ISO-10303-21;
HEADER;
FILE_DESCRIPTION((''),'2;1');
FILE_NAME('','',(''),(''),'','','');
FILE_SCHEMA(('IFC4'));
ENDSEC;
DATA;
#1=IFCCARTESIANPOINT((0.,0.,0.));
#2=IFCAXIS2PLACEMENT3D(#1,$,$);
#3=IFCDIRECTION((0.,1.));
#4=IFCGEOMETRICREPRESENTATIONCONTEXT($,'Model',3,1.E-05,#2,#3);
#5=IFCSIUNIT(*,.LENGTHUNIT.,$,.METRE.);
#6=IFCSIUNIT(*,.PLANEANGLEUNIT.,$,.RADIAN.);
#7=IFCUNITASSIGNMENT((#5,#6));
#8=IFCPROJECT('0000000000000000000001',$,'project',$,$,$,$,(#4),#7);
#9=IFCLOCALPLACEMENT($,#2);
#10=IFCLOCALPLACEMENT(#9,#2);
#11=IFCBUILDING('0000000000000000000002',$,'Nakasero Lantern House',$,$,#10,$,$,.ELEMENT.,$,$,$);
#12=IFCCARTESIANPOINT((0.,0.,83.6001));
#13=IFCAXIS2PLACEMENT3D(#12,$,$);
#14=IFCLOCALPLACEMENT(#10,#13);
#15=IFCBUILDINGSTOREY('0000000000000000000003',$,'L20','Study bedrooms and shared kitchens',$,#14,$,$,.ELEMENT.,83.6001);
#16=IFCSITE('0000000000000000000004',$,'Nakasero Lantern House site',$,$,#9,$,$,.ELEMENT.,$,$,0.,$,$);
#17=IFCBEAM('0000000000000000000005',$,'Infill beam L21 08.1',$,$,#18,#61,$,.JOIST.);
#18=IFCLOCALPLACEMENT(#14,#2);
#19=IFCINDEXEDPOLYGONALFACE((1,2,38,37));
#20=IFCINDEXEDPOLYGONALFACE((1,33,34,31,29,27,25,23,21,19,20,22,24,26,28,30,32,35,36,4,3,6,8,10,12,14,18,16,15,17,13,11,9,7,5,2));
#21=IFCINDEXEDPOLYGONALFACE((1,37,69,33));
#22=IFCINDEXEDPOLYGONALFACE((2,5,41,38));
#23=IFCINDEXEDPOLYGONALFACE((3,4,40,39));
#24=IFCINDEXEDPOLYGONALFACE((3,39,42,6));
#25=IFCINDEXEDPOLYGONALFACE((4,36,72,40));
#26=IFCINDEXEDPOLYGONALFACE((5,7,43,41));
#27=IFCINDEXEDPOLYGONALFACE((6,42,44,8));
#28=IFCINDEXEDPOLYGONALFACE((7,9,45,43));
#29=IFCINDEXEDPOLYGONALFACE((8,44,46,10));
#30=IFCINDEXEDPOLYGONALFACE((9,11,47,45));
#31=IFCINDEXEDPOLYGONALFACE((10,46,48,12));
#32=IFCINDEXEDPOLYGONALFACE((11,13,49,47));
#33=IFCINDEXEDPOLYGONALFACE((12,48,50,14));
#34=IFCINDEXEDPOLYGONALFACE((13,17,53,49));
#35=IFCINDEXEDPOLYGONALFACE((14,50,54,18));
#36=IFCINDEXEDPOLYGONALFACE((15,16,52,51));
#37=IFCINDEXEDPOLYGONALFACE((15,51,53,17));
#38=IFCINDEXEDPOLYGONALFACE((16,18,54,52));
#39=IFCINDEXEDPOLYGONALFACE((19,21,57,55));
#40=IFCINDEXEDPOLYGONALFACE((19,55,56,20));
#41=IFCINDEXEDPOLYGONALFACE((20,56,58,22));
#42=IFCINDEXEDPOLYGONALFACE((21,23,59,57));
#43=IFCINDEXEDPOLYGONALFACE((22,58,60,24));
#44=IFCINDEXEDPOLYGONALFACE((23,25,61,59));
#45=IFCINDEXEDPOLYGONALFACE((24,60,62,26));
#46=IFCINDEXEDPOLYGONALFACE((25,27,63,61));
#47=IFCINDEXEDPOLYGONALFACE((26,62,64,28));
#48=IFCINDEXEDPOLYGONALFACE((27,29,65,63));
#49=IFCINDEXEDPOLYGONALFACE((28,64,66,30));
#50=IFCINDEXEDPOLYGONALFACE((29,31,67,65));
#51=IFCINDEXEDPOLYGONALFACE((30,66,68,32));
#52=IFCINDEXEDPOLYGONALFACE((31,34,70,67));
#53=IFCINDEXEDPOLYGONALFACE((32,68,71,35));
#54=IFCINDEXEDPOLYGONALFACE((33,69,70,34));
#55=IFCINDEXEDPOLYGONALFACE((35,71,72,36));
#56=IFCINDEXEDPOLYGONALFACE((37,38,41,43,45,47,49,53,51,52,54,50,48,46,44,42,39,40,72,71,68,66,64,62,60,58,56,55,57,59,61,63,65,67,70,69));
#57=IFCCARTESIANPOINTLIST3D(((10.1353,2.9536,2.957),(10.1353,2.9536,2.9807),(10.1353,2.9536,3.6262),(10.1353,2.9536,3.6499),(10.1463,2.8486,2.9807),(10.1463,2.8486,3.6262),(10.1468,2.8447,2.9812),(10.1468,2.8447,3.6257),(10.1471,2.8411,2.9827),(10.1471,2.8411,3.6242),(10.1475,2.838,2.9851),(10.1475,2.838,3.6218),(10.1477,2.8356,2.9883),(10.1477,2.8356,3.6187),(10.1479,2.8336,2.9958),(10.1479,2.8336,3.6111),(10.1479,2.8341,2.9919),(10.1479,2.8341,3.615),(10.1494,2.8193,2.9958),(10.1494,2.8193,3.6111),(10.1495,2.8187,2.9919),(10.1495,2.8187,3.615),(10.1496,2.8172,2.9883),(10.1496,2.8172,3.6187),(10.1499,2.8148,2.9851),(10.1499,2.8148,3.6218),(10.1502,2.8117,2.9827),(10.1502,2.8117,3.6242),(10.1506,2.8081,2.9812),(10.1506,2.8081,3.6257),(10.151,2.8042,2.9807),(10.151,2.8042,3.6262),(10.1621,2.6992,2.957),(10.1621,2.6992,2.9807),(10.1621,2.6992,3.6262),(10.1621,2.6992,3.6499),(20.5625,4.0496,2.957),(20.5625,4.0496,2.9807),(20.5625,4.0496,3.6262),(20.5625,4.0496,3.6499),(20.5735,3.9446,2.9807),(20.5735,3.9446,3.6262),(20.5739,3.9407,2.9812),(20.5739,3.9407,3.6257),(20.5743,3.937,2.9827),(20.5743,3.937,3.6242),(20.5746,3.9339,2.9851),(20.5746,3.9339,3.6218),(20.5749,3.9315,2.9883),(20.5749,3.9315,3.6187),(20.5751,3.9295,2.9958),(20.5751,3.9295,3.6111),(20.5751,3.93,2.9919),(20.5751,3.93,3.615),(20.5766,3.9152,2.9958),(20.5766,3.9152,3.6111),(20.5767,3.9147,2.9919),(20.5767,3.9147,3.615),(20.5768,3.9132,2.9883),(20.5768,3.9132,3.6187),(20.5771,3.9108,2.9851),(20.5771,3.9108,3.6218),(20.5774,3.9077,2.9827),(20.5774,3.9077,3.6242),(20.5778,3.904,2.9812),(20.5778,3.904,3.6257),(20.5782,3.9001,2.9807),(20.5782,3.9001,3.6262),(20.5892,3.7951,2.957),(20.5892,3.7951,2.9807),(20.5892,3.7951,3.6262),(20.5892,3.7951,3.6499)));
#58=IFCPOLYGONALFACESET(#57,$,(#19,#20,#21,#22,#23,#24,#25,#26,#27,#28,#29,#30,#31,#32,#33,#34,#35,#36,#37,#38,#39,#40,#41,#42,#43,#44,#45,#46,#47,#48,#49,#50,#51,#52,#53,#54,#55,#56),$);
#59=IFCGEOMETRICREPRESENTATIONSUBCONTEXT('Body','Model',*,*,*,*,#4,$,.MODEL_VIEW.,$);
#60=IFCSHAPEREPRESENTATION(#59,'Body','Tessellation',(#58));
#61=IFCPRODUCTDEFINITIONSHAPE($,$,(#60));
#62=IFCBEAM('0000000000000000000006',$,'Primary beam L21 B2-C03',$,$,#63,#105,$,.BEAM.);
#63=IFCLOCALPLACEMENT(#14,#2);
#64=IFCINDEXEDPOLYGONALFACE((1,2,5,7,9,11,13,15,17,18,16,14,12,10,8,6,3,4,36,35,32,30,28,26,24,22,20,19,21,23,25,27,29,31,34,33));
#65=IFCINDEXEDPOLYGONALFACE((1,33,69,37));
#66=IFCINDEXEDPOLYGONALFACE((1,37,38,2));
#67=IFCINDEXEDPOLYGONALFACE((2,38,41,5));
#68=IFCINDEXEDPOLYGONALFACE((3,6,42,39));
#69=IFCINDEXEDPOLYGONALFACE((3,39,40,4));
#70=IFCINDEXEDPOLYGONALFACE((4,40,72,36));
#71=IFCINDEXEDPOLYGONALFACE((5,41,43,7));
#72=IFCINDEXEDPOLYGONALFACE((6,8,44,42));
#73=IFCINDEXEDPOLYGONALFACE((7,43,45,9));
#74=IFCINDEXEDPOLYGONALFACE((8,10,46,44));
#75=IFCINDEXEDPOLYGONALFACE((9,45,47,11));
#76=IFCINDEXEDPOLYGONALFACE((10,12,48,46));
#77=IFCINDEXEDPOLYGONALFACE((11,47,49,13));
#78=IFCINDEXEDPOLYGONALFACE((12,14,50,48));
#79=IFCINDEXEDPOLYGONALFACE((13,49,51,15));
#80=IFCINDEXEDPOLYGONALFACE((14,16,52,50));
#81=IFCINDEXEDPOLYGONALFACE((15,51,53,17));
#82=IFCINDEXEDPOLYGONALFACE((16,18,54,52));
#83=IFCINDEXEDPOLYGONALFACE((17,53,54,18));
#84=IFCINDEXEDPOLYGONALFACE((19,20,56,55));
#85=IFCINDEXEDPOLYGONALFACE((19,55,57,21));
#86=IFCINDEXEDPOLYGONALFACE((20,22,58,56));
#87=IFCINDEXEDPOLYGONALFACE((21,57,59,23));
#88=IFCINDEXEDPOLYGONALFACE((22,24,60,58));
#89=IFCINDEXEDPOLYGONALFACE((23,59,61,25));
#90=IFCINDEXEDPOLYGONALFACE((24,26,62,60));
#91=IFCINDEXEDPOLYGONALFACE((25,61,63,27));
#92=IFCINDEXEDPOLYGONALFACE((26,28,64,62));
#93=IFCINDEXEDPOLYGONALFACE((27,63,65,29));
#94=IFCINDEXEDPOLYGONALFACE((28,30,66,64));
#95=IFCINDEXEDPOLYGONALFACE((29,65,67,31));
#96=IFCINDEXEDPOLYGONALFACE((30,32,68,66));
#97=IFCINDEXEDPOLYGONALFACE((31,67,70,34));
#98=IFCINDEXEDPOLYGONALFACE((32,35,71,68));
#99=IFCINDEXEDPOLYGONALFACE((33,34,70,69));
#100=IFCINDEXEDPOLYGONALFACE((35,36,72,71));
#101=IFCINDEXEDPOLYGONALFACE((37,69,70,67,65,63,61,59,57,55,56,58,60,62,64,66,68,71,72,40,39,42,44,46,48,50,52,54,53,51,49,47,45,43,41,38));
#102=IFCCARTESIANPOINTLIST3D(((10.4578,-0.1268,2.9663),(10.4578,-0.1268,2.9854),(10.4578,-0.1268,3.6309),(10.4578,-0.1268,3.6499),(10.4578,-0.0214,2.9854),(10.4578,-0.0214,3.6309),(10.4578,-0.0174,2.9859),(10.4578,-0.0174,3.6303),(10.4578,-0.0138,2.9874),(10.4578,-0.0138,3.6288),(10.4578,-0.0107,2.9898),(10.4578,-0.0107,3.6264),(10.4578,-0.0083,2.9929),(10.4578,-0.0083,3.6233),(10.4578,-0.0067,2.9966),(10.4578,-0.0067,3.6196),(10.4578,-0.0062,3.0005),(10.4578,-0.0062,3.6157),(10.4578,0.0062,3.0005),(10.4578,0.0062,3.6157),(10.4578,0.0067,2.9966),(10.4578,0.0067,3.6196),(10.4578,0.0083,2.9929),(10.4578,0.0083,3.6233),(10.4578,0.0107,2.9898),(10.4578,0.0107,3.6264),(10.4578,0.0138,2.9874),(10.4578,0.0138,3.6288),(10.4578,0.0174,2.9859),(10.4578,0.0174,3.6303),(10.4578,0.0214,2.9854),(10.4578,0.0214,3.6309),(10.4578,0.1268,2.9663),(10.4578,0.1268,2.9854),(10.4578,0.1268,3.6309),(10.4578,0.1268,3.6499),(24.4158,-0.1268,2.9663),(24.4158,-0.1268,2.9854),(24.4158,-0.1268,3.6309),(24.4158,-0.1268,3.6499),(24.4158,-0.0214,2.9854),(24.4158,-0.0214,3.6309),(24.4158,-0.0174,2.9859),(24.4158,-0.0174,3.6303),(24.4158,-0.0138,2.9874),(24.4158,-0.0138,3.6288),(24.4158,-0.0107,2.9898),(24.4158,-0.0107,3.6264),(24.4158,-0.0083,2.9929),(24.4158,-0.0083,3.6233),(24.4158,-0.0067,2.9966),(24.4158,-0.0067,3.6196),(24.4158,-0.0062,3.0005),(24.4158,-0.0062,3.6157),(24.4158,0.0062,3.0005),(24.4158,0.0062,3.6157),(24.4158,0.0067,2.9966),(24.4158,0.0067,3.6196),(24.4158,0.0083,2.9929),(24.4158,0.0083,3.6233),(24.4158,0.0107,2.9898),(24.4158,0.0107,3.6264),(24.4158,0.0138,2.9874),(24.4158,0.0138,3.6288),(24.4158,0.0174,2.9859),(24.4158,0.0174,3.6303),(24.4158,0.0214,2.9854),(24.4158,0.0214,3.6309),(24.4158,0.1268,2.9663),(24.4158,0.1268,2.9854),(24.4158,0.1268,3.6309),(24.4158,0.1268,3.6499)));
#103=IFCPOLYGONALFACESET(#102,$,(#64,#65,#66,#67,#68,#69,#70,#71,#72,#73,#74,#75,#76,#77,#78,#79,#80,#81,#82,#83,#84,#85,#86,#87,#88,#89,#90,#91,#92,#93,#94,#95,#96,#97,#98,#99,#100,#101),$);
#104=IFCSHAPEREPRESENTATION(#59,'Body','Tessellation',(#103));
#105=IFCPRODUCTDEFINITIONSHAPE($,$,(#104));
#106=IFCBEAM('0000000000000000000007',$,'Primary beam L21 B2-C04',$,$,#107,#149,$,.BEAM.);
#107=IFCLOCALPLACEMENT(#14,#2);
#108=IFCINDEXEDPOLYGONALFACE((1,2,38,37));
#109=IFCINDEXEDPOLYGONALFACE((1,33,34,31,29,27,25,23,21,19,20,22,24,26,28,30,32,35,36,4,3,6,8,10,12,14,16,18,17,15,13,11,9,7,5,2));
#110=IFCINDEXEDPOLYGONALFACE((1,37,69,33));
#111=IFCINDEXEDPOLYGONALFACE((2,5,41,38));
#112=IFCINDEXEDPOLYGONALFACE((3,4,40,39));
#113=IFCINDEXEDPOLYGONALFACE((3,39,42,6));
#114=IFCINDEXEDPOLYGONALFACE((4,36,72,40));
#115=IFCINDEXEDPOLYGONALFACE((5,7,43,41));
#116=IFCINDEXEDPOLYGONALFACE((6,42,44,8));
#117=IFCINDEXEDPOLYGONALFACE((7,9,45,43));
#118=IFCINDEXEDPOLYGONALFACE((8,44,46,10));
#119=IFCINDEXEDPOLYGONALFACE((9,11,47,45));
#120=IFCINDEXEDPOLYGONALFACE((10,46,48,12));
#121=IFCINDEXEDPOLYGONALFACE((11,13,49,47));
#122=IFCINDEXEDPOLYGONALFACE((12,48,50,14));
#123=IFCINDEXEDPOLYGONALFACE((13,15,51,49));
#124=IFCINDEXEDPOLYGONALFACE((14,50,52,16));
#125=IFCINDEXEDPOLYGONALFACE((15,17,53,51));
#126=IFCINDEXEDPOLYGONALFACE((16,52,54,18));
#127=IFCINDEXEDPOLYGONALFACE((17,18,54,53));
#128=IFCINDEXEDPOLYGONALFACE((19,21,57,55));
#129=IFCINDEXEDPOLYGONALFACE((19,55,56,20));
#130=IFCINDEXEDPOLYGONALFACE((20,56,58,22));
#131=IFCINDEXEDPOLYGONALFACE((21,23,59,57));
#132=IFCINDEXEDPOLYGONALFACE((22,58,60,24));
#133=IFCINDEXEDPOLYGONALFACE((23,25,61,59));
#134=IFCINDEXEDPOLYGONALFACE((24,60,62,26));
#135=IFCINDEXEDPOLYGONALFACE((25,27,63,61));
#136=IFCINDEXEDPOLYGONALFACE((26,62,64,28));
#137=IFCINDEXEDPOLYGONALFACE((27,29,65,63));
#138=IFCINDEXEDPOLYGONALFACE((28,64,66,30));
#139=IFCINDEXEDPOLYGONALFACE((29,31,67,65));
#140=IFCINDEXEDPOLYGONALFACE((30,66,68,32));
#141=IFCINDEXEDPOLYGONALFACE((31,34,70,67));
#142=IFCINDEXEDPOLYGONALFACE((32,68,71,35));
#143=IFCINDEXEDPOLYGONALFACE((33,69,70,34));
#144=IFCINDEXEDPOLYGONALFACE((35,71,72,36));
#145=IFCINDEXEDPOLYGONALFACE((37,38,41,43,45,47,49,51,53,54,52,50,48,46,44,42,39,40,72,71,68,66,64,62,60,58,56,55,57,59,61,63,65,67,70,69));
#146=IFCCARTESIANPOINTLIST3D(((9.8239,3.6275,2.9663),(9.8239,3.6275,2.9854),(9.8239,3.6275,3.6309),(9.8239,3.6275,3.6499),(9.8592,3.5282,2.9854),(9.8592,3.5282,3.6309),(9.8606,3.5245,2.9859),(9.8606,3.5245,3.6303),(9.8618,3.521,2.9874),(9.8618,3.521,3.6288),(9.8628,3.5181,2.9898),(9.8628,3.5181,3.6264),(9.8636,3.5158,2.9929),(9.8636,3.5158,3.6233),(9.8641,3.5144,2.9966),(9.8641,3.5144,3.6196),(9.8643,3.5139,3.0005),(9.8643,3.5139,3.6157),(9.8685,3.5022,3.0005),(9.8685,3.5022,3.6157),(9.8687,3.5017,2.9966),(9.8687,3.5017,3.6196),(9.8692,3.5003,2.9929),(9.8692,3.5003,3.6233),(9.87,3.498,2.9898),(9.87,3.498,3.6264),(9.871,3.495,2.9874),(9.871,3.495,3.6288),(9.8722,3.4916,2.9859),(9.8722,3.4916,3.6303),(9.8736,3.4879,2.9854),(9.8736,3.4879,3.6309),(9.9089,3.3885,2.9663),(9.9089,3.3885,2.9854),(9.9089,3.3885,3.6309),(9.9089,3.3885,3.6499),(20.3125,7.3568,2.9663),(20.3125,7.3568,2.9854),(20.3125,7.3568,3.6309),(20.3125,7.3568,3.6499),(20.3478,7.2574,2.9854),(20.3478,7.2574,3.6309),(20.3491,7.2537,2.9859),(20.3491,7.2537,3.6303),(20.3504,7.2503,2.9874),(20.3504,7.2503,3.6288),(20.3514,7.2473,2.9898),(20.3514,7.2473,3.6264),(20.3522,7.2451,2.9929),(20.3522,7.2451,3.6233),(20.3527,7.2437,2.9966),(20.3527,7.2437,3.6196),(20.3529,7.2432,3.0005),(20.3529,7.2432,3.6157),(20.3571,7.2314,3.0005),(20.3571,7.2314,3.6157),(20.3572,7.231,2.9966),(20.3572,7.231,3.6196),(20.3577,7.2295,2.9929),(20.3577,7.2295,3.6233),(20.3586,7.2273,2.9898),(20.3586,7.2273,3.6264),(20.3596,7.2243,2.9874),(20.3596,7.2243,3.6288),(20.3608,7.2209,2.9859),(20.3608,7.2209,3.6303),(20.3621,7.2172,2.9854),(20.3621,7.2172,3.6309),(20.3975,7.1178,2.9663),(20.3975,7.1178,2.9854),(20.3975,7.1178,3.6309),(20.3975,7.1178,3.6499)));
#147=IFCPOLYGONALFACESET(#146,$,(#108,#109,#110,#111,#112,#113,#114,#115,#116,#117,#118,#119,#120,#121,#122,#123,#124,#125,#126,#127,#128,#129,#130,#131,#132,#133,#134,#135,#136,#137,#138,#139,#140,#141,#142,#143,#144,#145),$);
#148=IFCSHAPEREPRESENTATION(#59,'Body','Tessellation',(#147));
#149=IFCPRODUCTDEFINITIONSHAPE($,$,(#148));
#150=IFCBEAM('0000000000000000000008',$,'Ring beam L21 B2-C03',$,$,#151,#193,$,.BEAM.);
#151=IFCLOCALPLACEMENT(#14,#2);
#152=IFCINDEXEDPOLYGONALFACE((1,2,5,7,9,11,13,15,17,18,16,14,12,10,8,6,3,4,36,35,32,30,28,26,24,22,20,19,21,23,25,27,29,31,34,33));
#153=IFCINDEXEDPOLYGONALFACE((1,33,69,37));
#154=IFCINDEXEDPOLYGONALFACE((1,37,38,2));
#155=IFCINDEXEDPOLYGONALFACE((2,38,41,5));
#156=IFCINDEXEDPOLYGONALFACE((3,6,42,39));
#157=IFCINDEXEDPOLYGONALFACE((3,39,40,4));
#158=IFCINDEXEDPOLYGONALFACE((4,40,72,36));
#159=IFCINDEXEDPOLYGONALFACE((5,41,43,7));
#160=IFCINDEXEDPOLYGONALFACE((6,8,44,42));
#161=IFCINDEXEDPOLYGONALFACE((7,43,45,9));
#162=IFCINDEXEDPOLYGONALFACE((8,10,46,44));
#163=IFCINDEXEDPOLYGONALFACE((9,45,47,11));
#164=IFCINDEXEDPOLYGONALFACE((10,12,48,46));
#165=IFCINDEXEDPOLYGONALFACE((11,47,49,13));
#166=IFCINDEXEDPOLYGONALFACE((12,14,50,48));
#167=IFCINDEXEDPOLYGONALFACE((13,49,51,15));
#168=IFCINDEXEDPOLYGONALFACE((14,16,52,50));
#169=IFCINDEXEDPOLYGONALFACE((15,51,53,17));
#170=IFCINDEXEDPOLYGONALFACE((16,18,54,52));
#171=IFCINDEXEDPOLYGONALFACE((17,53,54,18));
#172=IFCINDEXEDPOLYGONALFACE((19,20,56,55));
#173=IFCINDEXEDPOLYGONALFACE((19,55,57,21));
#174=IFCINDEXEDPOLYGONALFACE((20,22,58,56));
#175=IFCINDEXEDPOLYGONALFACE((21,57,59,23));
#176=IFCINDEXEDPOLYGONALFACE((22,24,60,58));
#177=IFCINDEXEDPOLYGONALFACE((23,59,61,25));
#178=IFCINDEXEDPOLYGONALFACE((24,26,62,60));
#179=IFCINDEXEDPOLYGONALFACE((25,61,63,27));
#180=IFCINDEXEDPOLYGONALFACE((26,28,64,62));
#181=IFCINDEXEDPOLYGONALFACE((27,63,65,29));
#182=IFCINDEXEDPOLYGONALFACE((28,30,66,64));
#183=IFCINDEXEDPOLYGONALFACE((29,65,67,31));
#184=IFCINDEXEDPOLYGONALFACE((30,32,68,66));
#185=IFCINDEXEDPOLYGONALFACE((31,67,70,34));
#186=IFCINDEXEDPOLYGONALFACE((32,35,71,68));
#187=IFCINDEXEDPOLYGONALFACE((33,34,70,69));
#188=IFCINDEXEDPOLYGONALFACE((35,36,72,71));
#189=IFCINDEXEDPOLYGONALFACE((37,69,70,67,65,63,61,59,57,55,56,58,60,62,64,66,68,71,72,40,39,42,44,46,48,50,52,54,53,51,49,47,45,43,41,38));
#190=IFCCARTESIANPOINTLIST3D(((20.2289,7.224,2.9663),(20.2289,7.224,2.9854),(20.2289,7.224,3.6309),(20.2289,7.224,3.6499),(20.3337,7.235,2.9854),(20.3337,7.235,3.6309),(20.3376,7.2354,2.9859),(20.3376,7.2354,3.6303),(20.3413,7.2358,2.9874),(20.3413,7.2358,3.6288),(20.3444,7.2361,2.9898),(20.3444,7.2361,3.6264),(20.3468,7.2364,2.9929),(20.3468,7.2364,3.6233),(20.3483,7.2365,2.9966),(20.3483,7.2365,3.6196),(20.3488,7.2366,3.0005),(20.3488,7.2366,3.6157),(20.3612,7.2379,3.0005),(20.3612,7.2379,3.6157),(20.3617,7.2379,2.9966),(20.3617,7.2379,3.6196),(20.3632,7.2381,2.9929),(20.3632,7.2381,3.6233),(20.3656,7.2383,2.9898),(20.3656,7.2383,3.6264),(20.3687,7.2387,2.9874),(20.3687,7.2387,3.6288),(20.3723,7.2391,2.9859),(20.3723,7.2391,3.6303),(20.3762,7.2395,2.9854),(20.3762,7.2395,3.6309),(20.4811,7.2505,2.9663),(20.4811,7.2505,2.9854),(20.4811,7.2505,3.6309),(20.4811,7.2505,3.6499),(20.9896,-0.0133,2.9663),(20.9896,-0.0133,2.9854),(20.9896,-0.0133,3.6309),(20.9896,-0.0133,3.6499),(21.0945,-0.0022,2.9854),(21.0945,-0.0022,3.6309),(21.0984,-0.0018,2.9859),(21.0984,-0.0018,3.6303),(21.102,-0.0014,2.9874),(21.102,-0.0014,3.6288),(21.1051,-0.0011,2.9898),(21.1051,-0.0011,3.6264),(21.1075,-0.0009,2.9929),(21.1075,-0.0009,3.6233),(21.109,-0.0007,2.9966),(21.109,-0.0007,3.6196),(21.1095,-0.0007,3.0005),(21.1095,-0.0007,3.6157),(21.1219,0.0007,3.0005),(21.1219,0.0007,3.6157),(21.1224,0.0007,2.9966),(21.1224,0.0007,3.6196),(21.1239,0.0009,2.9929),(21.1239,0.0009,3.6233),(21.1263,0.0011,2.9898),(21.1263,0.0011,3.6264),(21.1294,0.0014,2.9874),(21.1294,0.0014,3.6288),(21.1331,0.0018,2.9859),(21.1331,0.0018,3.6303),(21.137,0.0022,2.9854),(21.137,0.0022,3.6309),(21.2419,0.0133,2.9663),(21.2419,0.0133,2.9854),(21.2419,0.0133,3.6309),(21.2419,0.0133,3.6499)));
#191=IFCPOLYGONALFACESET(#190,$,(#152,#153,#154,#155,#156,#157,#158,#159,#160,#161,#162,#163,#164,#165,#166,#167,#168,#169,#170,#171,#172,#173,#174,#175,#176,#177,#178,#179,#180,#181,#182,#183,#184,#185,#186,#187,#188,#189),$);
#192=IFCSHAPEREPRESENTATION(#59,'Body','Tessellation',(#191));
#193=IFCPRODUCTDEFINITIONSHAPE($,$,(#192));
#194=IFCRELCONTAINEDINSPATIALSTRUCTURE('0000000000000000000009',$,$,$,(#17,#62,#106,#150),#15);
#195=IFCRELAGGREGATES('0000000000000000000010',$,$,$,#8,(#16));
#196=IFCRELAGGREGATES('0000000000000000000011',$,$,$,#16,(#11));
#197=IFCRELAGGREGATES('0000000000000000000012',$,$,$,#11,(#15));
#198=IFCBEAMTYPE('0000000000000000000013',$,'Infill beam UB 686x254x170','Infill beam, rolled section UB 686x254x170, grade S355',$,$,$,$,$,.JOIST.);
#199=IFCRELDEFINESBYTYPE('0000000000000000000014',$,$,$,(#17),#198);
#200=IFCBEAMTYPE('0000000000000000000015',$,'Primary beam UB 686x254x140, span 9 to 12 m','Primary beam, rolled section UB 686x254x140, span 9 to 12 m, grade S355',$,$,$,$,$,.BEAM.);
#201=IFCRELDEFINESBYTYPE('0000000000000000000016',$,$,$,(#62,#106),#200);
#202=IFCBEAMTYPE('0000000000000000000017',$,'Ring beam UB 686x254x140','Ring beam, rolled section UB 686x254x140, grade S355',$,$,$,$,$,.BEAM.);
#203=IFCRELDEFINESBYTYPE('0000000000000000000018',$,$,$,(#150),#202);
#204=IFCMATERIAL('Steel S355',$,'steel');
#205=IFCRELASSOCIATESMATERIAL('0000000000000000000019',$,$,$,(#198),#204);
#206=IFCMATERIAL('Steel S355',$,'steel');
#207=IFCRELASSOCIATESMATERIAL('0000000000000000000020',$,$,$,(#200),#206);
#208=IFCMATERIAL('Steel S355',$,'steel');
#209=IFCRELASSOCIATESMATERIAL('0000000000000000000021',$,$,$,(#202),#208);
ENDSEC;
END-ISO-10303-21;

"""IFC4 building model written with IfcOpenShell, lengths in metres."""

from ifc_helpers import new_model, si_unit, direction, frame, origin, origin_2d, place, context, subcontext, project, spatial, i_section, extrude, material, material_profile, profile_set, type_object, element, save


model = new_model("IFC4")

# Units and contexts
model_context = context("Model", 3, precision=1e-05, world=origin(), true_north=direction((0.0, 1.0)))
body_context = subcontext(model_context, "Body", "Model", "MODEL_VIEW")
ifc_project = project(units=[si_unit("LENGTHUNIT", "METRE"), si_unit("PLANEANGLEUNIT", "RADIAN")], contexts=[model_context])

# Site, building, storey
site_placement = place(None, origin())
site = spatial("IfcSite", under=ifc_project, at=site_placement, Name="Nakasero Lantern House site", CompositionType="ELEMENT", RefElevation=0.0)
building_placement = place(site_placement, origin())
building = spatial("IfcBuilding", under=site, at=building_placement, Name="Nakasero Lantern House", CompositionType="ELEMENT")
storey_placement = place(building_placement, frame((0.0, 0.0, 83.6001)))
storey = spatial("IfcBuildingStorey", under=building, at=storey_placement, Name="L20", Description="Study bedrooms and shared kitchens", CompositionType="ELEMENT", Elevation=83.6001)

# Beams
ifc_material_1 = material(Name="Steel S355", Category="steel")
ifc_material_profile_1 = material_profile(ifc_material_1, i_section(OverallWidth=0.2559, OverallDepth=0.6929, WebThickness=0.0144, FlangeThickness=0.0237, FilletRadius=0.0151, at=origin_2d()), Name="UB 686x254x170")
ifc_profile_set_1 = profile_set([ifc_material_profile_1], Name="Steel S355")
beam_type_1 = type_object("IfcBeamType", Name="Infill beam UB 686x254x170", Description="Infill beam, rolled section UB 686x254x170, grade S355", PredefinedType="JOIST", material=ifc_profile_set_1)
beam_1_placement = place(storey_placement, frame((10.1487, 2.8264, 3.3035), z_axis=(0.994522, 0.104528, 0.0), x_axis=(-0.104528, 0.994522, 0.0)))
element("IfcBeam", 1, at=beam_1_placement, inside=storey, type_object=beam_type_1, Name="Infill beam L21 08.1", PredefinedType="JOIST", context=body_context, shape_type="SweptSolid", body=[
    extrude(i_section(OverallWidth=0.2559, OverallDepth=0.6929, WebThickness=0.0144, FlangeThickness=0.0237, FilletRadius=0.0151, at=origin_2d()), origin(), (0.0, 0.0, 1.0), 10.4846),
])
ifc_material_2 = material(Name="Steel S355", Category="steel")
ifc_material_profile_2 = material_profile(ifc_material_2, i_section(OverallWidth=0.2537, OverallDepth=0.6836, WebThickness=0.0125, FlangeThickness=0.019, FilletRadius=0.0151, at=origin_2d()), Name="UB 686x254x140")
ifc_profile_set_2 = profile_set([ifc_material_profile_2], Name="Steel S355")
beam_type_2 = type_object("IfcBeamType", Name="Primary beam UB 686x254x140, span 9 to 12 m", Description="Primary beam, rolled section UB 686x254x140, span 9 to 12 m, grade S355", PredefinedType="BEAM", material=ifc_profile_set_2)
beam_2_placement = place(storey_placement, frame((24.4158, 0.0, 3.3081), z_axis=(-1.0, 0.0, 0.0), x_axis=(0.0, -1.0, 0.0)))
element("IfcBeam", 2, at=beam_2_placement, inside=storey, type_object=beam_type_2, Name="Primary beam L21 B2-C03", PredefinedType="BEAM", context=body_context, shape_type="SweptSolid", body=[
    extrude(i_section(OverallWidth=0.2537, OverallDepth=0.6836, WebThickness=0.0125, FlangeThickness=0.019, FilletRadius=0.0151, at=origin_2d()), origin(), (0.0, 0.0, 1.0), 13.958),
])
beam_3_placement = place(storey_placement, frame((20.355, 7.2373, 3.3081), z_axis=(-0.942215, -0.335009, 0.0), x_axis=(0.335009, -0.942215, 0.0)))
element("IfcBeam", 3, at=beam_3_placement, inside=storey, type_object=beam_type_2, Name="Primary beam L21 B2-C04", PredefinedType="BEAM", context=body_context, shape_type="SweptSolid", body=[
    extrude(i_section(OverallWidth=0.2537, OverallDepth=0.6836, WebThickness=0.0125, FlangeThickness=0.019, FilletRadius=0.0151, at=origin_2d()), origin(), (0.0, 0.0, 1.0), 11.1318),
])
ifc_material_3 = material(Name="Steel S355", Category="steel")
ifc_material_profile_3 = material_profile(ifc_material_3, i_section(OverallWidth=0.2537, OverallDepth=0.6836, WebThickness=0.0125, FlangeThickness=0.019, FilletRadius=0.0151, at=origin_2d()), Name="UB 686x254x140")
ifc_profile_set_3 = profile_set([ifc_material_profile_3], Name="Steel S355")
beam_type_3 = type_object("IfcBeamType", Name="Ring beam UB 686x254x140", Description="Ring beam, rolled section UB 686x254x140, grade S355", PredefinedType="BEAM", material=ifc_profile_set_3)
beam_4_placement = place(storey_placement, frame((21.1157, 0.0, 3.3081), z_axis=(-0.104538, 0.994521, 0.0), x_axis=(-0.994521, -0.104538, 0.0)))
element("IfcBeam", 4, at=beam_4_placement, inside=storey, type_object=beam_type_3, Name="Ring beam L21 B2-C03", PredefinedType="BEAM", context=body_context, shape_type="SweptSolid", body=[
    extrude(i_section(OverallWidth=0.2537, OverallDepth=0.6836, WebThickness=0.0125, FlangeThickness=0.019, FilletRadius=0.0151, at=origin_2d()), origin(), (0.0, 0.0, 1.0), 7.2771),
])

save(model, "model.ifc")
